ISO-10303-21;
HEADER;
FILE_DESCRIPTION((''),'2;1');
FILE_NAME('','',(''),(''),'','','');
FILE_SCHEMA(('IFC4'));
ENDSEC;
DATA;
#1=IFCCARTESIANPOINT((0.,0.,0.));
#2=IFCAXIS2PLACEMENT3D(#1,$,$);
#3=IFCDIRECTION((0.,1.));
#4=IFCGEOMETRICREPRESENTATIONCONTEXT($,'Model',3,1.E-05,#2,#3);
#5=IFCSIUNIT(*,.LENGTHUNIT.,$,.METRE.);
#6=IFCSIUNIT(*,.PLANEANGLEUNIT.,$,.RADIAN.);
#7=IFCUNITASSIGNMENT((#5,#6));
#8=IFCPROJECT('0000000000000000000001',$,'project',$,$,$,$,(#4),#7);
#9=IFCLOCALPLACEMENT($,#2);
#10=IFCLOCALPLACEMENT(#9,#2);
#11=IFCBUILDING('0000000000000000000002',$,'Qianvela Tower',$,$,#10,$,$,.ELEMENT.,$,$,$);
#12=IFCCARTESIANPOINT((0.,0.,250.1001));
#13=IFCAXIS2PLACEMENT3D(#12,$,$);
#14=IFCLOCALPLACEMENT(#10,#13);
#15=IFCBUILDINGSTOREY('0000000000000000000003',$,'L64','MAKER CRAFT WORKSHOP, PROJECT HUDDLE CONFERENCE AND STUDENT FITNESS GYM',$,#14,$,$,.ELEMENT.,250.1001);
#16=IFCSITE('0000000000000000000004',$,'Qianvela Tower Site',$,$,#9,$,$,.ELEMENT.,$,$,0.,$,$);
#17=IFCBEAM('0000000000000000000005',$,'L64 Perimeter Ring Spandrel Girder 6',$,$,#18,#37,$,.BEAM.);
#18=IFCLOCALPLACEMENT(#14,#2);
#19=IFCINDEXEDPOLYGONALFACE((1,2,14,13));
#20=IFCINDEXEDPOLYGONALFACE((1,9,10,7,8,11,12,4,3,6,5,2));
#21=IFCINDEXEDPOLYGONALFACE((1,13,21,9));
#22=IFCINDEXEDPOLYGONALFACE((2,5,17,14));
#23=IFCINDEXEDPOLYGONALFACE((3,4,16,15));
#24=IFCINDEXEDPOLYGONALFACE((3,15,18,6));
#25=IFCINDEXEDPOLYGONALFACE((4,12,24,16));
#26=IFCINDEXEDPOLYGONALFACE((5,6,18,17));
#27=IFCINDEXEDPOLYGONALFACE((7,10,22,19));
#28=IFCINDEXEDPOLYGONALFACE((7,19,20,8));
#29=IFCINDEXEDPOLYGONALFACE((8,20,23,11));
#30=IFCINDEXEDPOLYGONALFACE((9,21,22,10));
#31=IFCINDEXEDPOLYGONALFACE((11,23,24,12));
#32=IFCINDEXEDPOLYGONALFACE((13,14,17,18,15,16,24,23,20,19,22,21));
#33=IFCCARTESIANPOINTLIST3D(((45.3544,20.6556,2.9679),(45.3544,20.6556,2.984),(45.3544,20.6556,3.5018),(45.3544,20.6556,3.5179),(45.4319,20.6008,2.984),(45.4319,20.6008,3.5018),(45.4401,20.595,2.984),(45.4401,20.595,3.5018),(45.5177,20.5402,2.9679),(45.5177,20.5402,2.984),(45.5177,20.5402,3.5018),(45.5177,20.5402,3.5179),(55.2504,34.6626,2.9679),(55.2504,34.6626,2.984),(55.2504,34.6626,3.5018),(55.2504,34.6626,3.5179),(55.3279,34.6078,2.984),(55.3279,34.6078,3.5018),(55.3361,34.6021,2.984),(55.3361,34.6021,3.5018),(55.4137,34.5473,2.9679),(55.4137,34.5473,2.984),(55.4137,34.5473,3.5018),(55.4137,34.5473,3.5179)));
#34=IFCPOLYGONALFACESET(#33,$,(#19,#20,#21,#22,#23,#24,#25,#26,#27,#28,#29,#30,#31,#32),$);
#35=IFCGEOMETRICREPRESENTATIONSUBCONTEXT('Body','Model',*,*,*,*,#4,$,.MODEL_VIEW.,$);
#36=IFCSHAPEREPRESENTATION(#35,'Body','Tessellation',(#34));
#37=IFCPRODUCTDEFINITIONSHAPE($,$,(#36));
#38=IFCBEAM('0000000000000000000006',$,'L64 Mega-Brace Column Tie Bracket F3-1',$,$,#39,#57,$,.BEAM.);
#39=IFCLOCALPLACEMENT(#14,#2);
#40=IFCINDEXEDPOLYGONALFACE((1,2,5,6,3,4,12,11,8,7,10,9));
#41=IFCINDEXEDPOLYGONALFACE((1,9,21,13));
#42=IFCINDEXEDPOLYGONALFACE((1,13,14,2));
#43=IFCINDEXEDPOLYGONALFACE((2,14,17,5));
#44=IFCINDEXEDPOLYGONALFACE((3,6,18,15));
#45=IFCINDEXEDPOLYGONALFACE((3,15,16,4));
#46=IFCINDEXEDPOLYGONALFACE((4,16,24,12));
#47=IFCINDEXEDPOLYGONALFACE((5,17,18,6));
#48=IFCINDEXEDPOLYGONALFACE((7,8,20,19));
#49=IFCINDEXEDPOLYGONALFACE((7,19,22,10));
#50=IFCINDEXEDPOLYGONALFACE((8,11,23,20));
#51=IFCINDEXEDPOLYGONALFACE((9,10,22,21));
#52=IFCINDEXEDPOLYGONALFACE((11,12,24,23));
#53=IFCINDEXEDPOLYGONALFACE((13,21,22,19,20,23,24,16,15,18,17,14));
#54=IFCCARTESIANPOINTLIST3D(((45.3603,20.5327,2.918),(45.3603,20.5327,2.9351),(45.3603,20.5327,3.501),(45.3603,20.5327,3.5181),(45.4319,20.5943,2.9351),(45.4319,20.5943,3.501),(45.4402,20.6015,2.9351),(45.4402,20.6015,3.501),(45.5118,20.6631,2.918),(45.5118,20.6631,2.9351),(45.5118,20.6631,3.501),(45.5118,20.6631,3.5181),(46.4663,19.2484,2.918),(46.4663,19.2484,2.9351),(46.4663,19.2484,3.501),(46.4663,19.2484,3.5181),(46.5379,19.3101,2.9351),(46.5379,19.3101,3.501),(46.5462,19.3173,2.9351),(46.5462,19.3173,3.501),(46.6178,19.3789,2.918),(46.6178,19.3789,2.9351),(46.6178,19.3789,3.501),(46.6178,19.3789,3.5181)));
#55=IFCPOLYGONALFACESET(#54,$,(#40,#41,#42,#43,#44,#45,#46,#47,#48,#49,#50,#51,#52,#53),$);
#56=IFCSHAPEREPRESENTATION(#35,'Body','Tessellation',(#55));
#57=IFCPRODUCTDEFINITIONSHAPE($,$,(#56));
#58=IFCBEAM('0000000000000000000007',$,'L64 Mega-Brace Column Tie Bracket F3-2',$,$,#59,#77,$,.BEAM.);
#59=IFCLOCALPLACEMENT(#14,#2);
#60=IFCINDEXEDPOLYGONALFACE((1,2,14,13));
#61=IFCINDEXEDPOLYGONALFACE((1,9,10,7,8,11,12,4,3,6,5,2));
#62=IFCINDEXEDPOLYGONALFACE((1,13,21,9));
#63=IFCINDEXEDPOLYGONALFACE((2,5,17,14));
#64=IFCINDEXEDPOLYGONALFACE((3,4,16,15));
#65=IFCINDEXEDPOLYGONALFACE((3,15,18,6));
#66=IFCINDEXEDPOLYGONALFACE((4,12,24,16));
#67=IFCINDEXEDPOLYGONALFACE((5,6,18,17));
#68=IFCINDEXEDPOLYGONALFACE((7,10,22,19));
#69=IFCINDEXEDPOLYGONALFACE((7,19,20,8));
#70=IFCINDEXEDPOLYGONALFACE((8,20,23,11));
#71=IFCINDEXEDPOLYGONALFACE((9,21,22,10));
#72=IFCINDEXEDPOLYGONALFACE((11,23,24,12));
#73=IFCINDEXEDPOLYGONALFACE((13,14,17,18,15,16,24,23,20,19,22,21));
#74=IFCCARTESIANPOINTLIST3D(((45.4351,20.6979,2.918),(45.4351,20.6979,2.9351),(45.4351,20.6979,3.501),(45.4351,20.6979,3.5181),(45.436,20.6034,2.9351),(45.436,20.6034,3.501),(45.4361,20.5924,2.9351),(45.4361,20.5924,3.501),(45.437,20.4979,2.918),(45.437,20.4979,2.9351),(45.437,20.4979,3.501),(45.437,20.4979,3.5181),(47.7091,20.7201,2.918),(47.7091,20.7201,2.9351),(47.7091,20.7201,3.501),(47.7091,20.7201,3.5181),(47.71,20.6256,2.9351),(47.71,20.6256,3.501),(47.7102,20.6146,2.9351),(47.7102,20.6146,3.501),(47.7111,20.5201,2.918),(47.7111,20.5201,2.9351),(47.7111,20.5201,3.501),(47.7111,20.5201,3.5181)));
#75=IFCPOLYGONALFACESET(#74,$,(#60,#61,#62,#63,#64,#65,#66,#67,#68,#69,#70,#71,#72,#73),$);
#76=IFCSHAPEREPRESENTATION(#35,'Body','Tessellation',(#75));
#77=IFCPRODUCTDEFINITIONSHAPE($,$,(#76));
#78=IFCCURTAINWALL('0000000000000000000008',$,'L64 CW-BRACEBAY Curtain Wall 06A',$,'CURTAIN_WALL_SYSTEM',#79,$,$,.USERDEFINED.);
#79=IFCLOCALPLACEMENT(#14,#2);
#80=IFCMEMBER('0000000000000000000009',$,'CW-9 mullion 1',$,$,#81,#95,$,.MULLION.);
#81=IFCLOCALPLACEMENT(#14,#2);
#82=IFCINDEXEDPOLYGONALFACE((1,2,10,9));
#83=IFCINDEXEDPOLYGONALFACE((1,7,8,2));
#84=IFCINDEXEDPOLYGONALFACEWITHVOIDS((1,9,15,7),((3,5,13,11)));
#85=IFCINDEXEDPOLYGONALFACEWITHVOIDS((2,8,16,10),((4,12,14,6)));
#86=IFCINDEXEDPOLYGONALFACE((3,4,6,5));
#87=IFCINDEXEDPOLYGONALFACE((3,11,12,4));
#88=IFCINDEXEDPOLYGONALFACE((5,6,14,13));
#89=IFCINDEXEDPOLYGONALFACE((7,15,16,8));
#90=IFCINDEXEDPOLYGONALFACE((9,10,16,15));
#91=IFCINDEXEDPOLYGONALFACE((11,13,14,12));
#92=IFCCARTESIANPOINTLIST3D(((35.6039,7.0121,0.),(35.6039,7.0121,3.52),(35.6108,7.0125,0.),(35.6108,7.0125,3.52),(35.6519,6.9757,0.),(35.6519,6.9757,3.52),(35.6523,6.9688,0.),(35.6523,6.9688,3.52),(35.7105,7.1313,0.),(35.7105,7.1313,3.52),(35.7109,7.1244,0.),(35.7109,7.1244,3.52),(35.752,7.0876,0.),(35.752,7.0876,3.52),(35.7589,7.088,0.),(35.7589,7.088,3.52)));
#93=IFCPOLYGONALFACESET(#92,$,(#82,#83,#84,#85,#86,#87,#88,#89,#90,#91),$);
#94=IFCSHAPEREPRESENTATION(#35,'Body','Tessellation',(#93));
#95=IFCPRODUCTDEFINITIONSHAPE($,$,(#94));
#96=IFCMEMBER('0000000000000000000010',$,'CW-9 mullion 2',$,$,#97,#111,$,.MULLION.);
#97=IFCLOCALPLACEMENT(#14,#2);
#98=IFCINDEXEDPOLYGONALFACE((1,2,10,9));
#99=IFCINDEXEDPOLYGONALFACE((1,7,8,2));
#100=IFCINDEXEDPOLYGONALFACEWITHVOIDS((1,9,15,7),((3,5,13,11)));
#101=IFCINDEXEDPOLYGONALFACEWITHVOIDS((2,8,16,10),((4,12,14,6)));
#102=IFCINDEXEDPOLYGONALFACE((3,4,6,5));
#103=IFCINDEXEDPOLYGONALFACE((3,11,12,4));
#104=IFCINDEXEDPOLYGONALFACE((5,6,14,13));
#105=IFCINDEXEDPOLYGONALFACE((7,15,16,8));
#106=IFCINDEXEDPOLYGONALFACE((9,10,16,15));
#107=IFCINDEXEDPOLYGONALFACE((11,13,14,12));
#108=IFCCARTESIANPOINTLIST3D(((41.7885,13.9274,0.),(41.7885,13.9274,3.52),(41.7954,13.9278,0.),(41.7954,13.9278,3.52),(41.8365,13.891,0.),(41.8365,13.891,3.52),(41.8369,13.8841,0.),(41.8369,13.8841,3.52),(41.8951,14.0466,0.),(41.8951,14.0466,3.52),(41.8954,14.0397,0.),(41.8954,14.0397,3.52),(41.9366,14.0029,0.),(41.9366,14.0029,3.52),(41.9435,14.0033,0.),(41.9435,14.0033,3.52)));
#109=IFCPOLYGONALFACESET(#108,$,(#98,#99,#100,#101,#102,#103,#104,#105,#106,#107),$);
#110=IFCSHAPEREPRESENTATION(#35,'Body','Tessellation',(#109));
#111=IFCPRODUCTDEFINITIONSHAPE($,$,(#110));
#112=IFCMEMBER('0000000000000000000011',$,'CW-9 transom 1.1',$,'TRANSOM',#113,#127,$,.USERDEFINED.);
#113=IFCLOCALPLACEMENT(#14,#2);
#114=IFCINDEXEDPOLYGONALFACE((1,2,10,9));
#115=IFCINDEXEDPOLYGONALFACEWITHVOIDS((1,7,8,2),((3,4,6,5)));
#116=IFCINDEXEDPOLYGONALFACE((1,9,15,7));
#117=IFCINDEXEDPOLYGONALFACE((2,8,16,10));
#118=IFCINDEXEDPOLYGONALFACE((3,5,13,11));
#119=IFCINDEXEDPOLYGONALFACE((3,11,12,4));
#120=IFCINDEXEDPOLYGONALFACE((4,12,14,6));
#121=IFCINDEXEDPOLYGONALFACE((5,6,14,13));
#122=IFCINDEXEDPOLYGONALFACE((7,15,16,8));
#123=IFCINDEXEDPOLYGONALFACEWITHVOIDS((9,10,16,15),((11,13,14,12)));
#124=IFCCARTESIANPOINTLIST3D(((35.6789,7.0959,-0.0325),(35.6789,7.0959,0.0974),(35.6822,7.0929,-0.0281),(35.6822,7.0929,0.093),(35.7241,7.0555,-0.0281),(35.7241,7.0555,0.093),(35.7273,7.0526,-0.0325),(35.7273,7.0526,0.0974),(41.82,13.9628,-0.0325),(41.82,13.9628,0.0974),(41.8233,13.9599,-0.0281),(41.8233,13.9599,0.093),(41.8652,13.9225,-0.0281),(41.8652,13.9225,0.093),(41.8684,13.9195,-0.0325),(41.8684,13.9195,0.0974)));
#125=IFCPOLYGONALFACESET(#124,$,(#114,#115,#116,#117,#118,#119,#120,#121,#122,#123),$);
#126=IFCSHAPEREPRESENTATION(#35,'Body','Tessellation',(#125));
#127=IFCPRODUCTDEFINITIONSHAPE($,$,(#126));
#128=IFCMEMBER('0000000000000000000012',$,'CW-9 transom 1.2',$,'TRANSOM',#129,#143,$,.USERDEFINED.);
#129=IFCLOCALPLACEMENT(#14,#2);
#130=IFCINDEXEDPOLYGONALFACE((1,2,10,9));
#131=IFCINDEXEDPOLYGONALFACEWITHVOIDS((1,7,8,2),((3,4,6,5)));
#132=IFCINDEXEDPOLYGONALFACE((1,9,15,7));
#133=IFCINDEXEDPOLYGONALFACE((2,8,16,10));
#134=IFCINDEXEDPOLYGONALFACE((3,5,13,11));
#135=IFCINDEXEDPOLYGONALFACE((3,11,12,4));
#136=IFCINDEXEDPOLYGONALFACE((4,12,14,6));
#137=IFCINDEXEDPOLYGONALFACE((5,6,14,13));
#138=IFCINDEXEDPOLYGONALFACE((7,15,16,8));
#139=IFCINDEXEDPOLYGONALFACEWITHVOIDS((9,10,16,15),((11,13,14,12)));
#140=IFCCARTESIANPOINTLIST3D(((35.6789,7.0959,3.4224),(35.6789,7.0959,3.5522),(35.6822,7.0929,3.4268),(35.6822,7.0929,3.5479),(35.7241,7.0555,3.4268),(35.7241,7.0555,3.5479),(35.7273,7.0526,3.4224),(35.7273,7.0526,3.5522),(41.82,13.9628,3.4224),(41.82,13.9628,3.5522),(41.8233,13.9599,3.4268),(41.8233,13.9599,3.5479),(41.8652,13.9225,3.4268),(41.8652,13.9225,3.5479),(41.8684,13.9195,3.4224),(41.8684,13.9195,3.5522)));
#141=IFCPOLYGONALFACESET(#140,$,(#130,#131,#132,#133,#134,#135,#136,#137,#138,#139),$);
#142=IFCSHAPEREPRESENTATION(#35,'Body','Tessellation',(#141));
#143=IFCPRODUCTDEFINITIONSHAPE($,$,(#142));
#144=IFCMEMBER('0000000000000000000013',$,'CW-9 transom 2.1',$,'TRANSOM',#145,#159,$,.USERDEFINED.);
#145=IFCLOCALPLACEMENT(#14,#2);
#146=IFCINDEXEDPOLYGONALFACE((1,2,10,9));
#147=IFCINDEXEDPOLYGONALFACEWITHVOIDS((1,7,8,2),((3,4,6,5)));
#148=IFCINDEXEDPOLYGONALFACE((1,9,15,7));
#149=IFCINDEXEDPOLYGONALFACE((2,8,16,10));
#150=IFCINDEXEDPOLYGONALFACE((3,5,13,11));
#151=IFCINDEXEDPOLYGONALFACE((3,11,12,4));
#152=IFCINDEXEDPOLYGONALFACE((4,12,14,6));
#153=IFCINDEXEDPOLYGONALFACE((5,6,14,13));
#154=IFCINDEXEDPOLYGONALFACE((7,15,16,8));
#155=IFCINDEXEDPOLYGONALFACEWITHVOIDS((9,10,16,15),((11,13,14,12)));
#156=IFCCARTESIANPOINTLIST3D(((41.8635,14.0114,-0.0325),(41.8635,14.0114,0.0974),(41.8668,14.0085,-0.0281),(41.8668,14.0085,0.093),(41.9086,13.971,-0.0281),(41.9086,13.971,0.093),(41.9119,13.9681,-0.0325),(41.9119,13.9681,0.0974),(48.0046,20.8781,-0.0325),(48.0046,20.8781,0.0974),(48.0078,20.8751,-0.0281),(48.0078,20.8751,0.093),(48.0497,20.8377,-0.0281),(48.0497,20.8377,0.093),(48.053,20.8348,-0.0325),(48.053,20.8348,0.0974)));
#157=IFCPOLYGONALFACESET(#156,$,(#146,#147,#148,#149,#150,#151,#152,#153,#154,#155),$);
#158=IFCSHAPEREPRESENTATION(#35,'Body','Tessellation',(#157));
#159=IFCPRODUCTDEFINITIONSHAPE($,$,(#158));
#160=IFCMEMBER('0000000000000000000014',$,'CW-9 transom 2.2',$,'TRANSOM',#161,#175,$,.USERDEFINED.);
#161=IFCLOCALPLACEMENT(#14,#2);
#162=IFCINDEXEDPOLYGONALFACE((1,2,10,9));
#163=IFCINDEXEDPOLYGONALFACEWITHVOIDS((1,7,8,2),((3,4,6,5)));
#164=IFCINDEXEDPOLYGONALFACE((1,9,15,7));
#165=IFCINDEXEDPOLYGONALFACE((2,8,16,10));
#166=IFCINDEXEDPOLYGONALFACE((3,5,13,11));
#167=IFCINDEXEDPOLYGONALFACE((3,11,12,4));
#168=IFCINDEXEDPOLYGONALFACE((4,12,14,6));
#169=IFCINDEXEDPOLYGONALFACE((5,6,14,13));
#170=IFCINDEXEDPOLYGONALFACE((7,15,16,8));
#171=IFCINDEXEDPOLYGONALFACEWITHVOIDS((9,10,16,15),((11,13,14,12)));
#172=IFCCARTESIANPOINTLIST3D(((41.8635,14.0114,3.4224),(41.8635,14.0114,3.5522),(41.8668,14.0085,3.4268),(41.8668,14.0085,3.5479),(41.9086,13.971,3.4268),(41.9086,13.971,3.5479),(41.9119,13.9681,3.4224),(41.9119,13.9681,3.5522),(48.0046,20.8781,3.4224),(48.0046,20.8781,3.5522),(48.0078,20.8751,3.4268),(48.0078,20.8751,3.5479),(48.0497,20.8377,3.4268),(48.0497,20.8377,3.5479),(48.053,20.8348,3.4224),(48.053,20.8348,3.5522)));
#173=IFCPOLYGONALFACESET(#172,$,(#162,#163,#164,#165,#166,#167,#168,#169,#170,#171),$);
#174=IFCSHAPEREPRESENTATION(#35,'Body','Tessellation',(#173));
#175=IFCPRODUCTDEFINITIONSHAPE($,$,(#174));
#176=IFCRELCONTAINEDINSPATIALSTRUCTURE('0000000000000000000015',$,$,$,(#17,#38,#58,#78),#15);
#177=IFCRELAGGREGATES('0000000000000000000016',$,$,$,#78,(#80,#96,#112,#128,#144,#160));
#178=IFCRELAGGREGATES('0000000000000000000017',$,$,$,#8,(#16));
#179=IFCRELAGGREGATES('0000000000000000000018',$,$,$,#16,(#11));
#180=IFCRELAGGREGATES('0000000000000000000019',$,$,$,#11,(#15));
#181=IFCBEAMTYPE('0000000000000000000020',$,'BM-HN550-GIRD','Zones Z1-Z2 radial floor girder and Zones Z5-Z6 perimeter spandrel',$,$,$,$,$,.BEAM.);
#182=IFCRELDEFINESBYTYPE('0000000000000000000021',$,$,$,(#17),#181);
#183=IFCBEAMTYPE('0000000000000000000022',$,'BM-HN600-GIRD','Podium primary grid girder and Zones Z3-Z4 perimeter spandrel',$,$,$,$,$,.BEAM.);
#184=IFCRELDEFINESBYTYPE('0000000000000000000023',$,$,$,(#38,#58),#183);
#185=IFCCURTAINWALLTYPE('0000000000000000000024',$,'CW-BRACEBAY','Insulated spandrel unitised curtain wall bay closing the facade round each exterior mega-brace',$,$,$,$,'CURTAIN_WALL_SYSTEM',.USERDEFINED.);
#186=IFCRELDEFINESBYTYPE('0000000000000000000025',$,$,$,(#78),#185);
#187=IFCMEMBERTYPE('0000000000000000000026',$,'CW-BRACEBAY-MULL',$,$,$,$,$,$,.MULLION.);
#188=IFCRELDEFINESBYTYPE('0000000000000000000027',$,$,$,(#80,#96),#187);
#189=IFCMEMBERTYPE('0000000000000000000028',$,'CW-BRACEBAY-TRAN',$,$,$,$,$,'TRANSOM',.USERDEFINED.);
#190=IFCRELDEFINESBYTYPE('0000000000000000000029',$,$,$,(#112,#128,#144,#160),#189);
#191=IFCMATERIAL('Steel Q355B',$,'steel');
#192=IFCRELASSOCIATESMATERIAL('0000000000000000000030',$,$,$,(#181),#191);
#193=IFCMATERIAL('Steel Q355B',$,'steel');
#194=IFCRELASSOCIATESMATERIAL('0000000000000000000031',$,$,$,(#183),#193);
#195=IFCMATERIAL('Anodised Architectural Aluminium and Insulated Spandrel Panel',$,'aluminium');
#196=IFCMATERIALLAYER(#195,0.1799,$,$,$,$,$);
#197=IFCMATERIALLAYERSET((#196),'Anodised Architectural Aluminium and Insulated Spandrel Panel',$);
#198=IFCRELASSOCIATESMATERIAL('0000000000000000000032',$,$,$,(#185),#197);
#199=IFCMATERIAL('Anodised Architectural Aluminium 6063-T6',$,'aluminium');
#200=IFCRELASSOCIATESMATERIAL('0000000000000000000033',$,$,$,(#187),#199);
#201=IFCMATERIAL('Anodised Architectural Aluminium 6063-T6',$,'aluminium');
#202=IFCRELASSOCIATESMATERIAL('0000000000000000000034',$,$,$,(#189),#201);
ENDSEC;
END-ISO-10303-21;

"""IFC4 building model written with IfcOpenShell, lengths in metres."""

from ifc_helpers import new_model, si_unit, direction, frame, origin, origin_2d, place, context, subcontext, project, spatial, hollow_rectangle, i_section, extrude, material, layer, layer_set, material_profile, profile_set, type_object, element, aggregate, save


model = new_model("IFC4")

# Units and contexts
model_context = context("Model", 3, precision=1e-05, world=origin(), true_north=direction((0.0, 1.0)))
body_context = subcontext(model_context, "Body", "Model", "MODEL_VIEW")
ifc_project = project(units=[si_unit("LENGTHUNIT", "METRE"), si_unit("PLANEANGLEUNIT", "RADIAN")], contexts=[model_context])

# Site, building, storey
site_placement = place(None, origin())
site = spatial("IfcSite", under=ifc_project, at=site_placement, Name="Qianvela Tower Site", CompositionType="ELEMENT", RefElevation=0.0)
building_placement = place(site_placement, origin())
building = spatial("IfcBuilding", under=site, at=building_placement, Name="Qianvela Tower", CompositionType="ELEMENT")
storey_placement = place(building_placement, frame((0.0, 0.0, 250.1001)))
storey = spatial("IfcBuildingStorey", under=building, at=storey_placement, Name="L64", Description="MAKER CRAFT WORKSHOP, PROJECT HUDDLE CONFERENCE AND STUDENT FITNESS GYM", CompositionType="ELEMENT", Elevation=250.1001)

# Beams
ifc_material_1 = material(Name="Steel Q355B", Category="steel")
ifc_material_profile_1 = material_profile(ifc_material_1, i_section(OverallWidth=0.2, OverallDepth=0.55, WebThickness=0.01, FlangeThickness=0.0161, at=origin_2d()), Name="HN550x200x10x16")
ifc_profile_set_1 = profile_set([ifc_material_profile_1], Name="Steel Q355B")
beam_type_1 = type_object("IfcBeamType", Name="BM-HN550-GIRD", Description="Zones Z1-Z2 radial floor girder and Zones Z5-Z6 perimeter spandrel", PredefinedType="BEAM", material=ifc_profile_set_1)
beam_1_placement = place(storey_placement, frame((45.436, 20.5979, 3.2429), z_axis=(0.57702, 0.81673, 0.0), x_axis=(-0.81673, 0.57702, 0.0)))
element("IfcBeam", 1, at=beam_1_placement, inside=storey, type_object=beam_type_1, Name="L64 Perimeter Ring Spandrel Girder 6", PredefinedType="BEAM", context=body_context, shape_type="SweptSolid", body=[
    extrude(i_section(OverallWidth=0.2, OverallDepth=0.55, WebThickness=0.01, FlangeThickness=0.0161, at=origin_2d()), origin(), (0.0, 0.0, 1.0), 17.1501),
])
ifc_material_2 = material(Name="Steel Q355B", Category="steel")
ifc_material_profile_2 = material_profile(ifc_material_2, i_section(OverallWidth=0.2, OverallDepth=0.6001, WebThickness=0.011, FlangeThickness=0.0171, at=origin_2d()), Name="HN600x200x11x17")
ifc_profile_set_2 = profile_set([ifc_material_profile_2], Name="Steel Q355B")
beam_type_2 = type_object("IfcBeamType", Name="BM-HN600-GIRD", Description="Podium primary grid girder and Zones Z3-Z4 perimeter spandrel", PredefinedType="BEAM", material=ifc_profile_set_2)
beam_2_placement = place(storey_placement, frame((45.436, 20.5979, 3.218), z_axis=(0.652569, -0.757729, 0.0), x_axis=(0.757729, 0.652569, 0.0)))
element("IfcBeam", 2, at=beam_2_placement, inside=storey, type_object=beam_type_2, Name="L64 Mega-Brace Column Tie Bracket F3-1", PredefinedType="BEAM", context=body_context, shape_type="SweptSolid", body=[
    extrude(i_section(OverallWidth=0.2, OverallDepth=0.6001, WebThickness=0.011, FlangeThickness=0.0171, at=origin_2d()), origin(), (0.0, 0.0, 1.0), 1.6948),
])
beam_3_placement = place(storey_placement, frame((45.436, 20.5979, 3.218), z_axis=(0.999952, 0.009769, 0.0), x_axis=(-0.009769, 0.999952, 0.0)))
element("IfcBeam", 3, at=beam_3_placement, inside=storey, type_object=beam_type_2, Name="L64 Mega-Brace Column Tie Bracket F3-2", PredefinedType="BEAM", context=body_context, shape_type="SweptSolid", body=[
    extrude(i_section(OverallWidth=0.2, OverallDepth=0.6001, WebThickness=0.011, FlangeThickness=0.0171, at=origin_2d()), origin(), (0.0, 0.0, 1.0), 2.2742),
])

# Curtain wall, members
ifc_material_3 = material(Name="Anodised Architectural Aluminium and Insulated Spandrel Panel", Category="aluminium")
ifc_layer_1 = layer(ifc_material_3, 0.1799)
ifc_layer_set_1 = layer_set([ifc_layer_1], Name="Anodised Architectural Aluminium and Insulated Spandrel Panel")
curtain_wall_type = type_object("IfcCurtainWallType", Name="CW-BRACEBAY", Description="Insulated spandrel unitised curtain wall bay closing the facade round each exterior mega-brace", ElementType="CURTAIN_WALL_SYSTEM", PredefinedType="USERDEFINED", material=ifc_layer_set_1)
curtain_wall_placement = place(storey_placement, origin())
curtain_wall = element("IfcCurtainWall", 4, at=curtain_wall_placement, inside=storey, type_object=curtain_wall_type, Name="L64 CW-BRACEBAY Curtain Wall 06A", ObjectType="CURTAIN_WALL_SYSTEM", PredefinedType="USERDEFINED")
ifc_material_4 = material(Name="Anodised Architectural Aluminium 6063-T6", Category="aluminium")
ifc_material_profile_3 = material_profile(ifc_material_4, hollow_rectangle(XDim=0.0649, YDim=0.1599, WallThickness=0.0049, at=origin_2d()), Name="ALU-MULL-65x160")
ifc_profile_set_3 = profile_set([ifc_material_profile_3], Name="Anodised Architectural Aluminium 6063-T6")
member_type_1 = type_object("IfcMemberType", Name="CW-BRACEBAY-MULL", PredefinedType="MULLION", material=ifc_profile_set_3)
member_1_placement = place(storey_placement, frame((35.6814, 7.05, 0.0), z_axis=(0.0, 0.0, 1.0), x_axis=(-0.745394, 0.666624, 0.0)))
member_1 = element("IfcMember", 5, at=member_1_placement, type_object=member_type_1, Name="CW-9 mullion 1", PredefinedType="MULLION", context=body_context, shape_type="SweptSolid", body=[
    extrude(hollow_rectangle(XDim=0.0649, YDim=0.1599, WallThickness=0.0049, at=origin_2d()), origin(), (0.0, 0.0, 1.0), 3.52),
])
member_2_placement = place(storey_placement, frame((41.866, 13.9653, 0.0), z_axis=(0.0, 0.0, 1.0), x_axis=(-0.745394, 0.666624, 0.0)))
member_2 = element("IfcMember", 6, at=member_2_placement, type_object=member_type_1, Name="CW-9 mullion 2", PredefinedType="MULLION", context=body_context, shape_type="SweptSolid", body=[
    extrude(hollow_rectangle(XDim=0.0649, YDim=0.1599, WallThickness=0.0049, at=origin_2d()), origin(), (0.0, 0.0, 1.0), 3.52),
])
ifc_material_5 = material(Name="Anodised Architectural Aluminium 6063-T6", Category="aluminium")
ifc_material_profile_4 = material_profile(ifc_material_5, hollow_rectangle(XDim=0.0649, YDim=0.1299, WallThickness=0.0044, at=origin_2d()), Name="ALU-TRAN-65x130")
ifc_profile_set_4 = profile_set([ifc_material_profile_4], Name="Anodised Architectural Aluminium 6063-T6")
member_type_2 = type_object("IfcMemberType", Name="CW-BRACEBAY-TRAN", ElementType="TRANSOM", PredefinedType="USERDEFINED", material=ifc_profile_set_4)
member_3_placement = place(storey_placement, frame((35.7031, 7.0742, 0.0325), z_axis=(0.666614, 0.745403, 0.0), x_axis=(-0.745403, 0.666614, 0.0)))
member_3 = element("IfcMember", 7, at=member_3_placement, type_object=member_type_2, Name="CW-9 transom 1.1", ObjectType="TRANSOM", PredefinedType="USERDEFINED", context=body_context, shape_type="SweptSolid", body=[
    extrude(hollow_rectangle(XDim=0.0649, YDim=0.1299, WallThickness=0.0044, at=origin_2d()), origin(), (0.0, 0.0, 1.0), 9.2124),
])
member_4_placement = place(storey_placement, frame((35.7031, 7.0742, 3.4873), z_axis=(0.666614, 0.745403, 0.0), x_axis=(-0.745403, 0.666614, 0.0)))
member_4 = element("IfcMember", 8, at=member_4_placement, type_object=member_type_2, Name="CW-9 transom 1.2", ObjectType="TRANSOM", PredefinedType="USERDEFINED", context=body_context, shape_type="SweptSolid", body=[
    extrude(hollow_rectangle(XDim=0.0649, YDim=0.1299, WallThickness=0.0044, at=origin_2d()), origin(), (0.0, 0.0, 1.0), 9.2124),
])
member_5_placement = place(storey_placement, frame((41.8877, 13.9897, 0.0325), z_axis=(0.666628, 0.745391, 0.0), x_axis=(-0.745391, 0.666628, 0.0)))
member_5 = element("IfcMember", 9, at=member_5_placement, type_object=member_type_2, Name="CW-9 transom 2.1", ObjectType="TRANSOM", PredefinedType="USERDEFINED", context=body_context, shape_type="SweptSolid", body=[
    extrude(hollow_rectangle(XDim=0.0649, YDim=0.1299, WallThickness=0.0044, at=origin_2d()), origin(), (0.0, 0.0, 1.0), 9.2122),
])
member_6_placement = place(storey_placement, frame((41.8877, 13.9897, 3.4873), z_axis=(0.666628, 0.745391, 0.0), x_axis=(-0.745391, 0.666628, 0.0)))
member_6 = element("IfcMember", 10, at=member_6_placement, type_object=member_type_2, Name="CW-9 transom 2.2", ObjectType="TRANSOM", PredefinedType="USERDEFINED", context=body_context, shape_type="SweptSolid", body=[
    extrude(hollow_rectangle(XDim=0.0649, YDim=0.1299, WallThickness=0.0044, at=origin_2d()), origin(), (0.0, 0.0, 1.0), 9.2122),
])

aggregate(curtain_wall, [member_1, member_2, member_3, member_4, member_5, member_6])

save(model, "model.ifc")
